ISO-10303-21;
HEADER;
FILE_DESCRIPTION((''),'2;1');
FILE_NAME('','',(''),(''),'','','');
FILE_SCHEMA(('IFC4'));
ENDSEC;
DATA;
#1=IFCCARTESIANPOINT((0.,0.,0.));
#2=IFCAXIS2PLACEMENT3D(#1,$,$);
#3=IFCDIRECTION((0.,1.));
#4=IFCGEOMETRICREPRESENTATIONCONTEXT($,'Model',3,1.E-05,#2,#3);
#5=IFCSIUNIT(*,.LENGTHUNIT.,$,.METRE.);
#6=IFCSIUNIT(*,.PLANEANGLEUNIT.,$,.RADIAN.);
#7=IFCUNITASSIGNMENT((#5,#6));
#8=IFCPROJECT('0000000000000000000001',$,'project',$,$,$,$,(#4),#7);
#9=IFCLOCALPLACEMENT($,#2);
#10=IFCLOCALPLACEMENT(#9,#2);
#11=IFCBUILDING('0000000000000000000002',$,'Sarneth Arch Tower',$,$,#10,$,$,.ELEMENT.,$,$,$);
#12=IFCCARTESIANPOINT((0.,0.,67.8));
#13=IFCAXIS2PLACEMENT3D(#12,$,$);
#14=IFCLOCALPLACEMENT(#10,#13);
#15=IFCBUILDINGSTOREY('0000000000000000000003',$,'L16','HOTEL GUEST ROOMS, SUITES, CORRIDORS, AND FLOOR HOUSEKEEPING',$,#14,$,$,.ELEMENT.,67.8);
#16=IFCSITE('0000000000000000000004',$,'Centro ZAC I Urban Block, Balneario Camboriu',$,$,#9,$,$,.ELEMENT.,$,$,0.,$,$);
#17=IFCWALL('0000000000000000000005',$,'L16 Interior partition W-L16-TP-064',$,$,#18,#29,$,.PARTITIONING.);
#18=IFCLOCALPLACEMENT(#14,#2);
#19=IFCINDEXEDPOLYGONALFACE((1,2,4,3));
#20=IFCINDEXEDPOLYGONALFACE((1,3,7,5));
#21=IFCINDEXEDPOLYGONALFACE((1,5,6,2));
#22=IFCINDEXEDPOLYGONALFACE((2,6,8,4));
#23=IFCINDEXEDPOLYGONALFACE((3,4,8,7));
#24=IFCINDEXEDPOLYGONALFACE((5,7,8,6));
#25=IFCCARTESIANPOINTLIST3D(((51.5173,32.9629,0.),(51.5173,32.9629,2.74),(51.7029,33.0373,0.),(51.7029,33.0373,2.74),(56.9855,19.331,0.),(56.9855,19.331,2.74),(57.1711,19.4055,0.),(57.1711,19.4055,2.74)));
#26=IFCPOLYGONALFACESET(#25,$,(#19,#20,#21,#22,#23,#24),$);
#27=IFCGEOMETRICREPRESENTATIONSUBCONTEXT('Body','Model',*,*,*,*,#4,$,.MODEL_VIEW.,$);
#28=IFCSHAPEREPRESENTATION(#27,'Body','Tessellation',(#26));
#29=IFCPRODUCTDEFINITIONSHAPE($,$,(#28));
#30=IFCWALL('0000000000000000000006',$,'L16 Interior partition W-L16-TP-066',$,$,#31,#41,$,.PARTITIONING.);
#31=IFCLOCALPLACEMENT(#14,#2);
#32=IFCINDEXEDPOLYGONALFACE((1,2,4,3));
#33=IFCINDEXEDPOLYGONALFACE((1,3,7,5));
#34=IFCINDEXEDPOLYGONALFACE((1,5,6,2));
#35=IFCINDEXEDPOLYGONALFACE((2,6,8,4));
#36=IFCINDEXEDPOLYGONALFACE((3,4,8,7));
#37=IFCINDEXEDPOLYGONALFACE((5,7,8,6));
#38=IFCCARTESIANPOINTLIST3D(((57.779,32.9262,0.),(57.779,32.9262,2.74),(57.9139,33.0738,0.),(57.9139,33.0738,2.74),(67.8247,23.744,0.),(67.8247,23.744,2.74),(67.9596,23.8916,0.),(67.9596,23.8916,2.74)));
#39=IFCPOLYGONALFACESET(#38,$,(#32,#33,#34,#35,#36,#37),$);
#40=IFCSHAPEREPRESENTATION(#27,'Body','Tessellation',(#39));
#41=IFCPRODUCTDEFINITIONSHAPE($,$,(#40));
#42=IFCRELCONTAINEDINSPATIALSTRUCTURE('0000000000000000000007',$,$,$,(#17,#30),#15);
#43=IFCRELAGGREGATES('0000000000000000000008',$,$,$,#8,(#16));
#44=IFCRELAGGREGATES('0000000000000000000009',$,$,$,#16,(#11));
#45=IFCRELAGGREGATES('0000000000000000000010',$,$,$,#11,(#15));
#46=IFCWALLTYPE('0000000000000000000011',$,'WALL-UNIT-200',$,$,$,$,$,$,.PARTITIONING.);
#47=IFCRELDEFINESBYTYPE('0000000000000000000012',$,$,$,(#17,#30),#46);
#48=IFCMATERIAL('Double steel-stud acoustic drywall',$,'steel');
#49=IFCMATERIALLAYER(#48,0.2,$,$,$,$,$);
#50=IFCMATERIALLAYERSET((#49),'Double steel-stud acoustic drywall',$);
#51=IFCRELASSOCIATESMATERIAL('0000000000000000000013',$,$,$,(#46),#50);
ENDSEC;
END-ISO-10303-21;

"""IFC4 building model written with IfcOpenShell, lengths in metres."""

from ifc_helpers import new_model, si_unit, direction, frame, frame_2d, origin, place, context, subcontext, project, spatial, rectangle, extrude, material, layer, layer_set, type_object, element, save


model = new_model("IFC4")

# Units and contexts
model_context = context("Model", 3, precision=1e-05, world=origin(), true_north=direction((0.0, 1.0)))
body_context = subcontext(model_context, "Body", "Model", "MODEL_VIEW")
ifc_project = project(units=[si_unit("LENGTHUNIT", "METRE"), si_unit("PLANEANGLEUNIT", "RADIAN")], contexts=[model_context])

# Site, building, storey
site_placement = place(None, origin())
site = spatial("IfcSite", under=ifc_project, at=site_placement, Name="Centro ZAC I Urban Block, Balneario Camboriu", CompositionType="ELEMENT", RefElevation=0.0)
building_placement = place(site_placement, origin())
building = spatial("IfcBuilding", under=site, at=building_placement, Name="Sarneth Arch Tower", CompositionType="ELEMENT")
storey_placement = place(building_placement, frame((0.0, 0.0, 67.8)))
storey = spatial("IfcBuildingStorey", under=building, at=storey_placement, Name="L16", Description="HOTEL GUEST ROOMS, SUITES, CORRIDORS, AND FLOOR HOUSEKEEPING", CompositionType="ELEMENT", Elevation=67.8)

# Walls
ifc_material_1 = material(Name="Double steel-stud acoustic drywall", Category="steel")
ifc_layer_1 = layer(ifc_material_1, 0.2)
ifc_layer_set_1 = layer_set([ifc_layer_1], Name="Double steel-stud acoustic drywall")
wall_type_1 = type_object("IfcWallType", Name="WALL-UNIT-200", PredefinedType="PARTITIONING", material=ifc_layer_set_1)
wall_1_placement = place(storey_placement, frame((51.6101, 33.0, 0.0), z_axis=(0.0, 0.0, 1.0), x_axis=(0.372302, -0.928112, 0.0)))
element("IfcWall", 1, at=wall_1_placement, inside=storey, type_object=wall_type_1, Name="L16 Interior partition W-L16-TP-064", PredefinedType="PARTITIONING", context=body_context, shape_type="SweptSolid", body=[
    extrude(rectangle(XDim=14.6877, YDim=0.2, at=frame_2d((7.3438, 0.0))), origin(), (0.0, 0.0, 1.0), 2.74),
])
wall_2_placement = place(storey_placement, frame((57.8464, 33.0, 0.0), z_axis=(0.0, 0.0, 1.0), x_axis=(0.738119, -0.67467, 0.0)))
element("IfcWall", 2, at=wall_2_placement, inside=storey, type_object=wall_type_1, Name="L16 Interior partition W-L16-TP-066", PredefinedType="PARTITIONING", context=body_context, shape_type="SweptSolid", body=[
    extrude(rectangle(XDim=13.6099, YDim=0.2, at=frame_2d((6.8049, 0.0))), origin(), (0.0, 0.0, 1.0), 2.74),
])

save(model, "model.ifc")
